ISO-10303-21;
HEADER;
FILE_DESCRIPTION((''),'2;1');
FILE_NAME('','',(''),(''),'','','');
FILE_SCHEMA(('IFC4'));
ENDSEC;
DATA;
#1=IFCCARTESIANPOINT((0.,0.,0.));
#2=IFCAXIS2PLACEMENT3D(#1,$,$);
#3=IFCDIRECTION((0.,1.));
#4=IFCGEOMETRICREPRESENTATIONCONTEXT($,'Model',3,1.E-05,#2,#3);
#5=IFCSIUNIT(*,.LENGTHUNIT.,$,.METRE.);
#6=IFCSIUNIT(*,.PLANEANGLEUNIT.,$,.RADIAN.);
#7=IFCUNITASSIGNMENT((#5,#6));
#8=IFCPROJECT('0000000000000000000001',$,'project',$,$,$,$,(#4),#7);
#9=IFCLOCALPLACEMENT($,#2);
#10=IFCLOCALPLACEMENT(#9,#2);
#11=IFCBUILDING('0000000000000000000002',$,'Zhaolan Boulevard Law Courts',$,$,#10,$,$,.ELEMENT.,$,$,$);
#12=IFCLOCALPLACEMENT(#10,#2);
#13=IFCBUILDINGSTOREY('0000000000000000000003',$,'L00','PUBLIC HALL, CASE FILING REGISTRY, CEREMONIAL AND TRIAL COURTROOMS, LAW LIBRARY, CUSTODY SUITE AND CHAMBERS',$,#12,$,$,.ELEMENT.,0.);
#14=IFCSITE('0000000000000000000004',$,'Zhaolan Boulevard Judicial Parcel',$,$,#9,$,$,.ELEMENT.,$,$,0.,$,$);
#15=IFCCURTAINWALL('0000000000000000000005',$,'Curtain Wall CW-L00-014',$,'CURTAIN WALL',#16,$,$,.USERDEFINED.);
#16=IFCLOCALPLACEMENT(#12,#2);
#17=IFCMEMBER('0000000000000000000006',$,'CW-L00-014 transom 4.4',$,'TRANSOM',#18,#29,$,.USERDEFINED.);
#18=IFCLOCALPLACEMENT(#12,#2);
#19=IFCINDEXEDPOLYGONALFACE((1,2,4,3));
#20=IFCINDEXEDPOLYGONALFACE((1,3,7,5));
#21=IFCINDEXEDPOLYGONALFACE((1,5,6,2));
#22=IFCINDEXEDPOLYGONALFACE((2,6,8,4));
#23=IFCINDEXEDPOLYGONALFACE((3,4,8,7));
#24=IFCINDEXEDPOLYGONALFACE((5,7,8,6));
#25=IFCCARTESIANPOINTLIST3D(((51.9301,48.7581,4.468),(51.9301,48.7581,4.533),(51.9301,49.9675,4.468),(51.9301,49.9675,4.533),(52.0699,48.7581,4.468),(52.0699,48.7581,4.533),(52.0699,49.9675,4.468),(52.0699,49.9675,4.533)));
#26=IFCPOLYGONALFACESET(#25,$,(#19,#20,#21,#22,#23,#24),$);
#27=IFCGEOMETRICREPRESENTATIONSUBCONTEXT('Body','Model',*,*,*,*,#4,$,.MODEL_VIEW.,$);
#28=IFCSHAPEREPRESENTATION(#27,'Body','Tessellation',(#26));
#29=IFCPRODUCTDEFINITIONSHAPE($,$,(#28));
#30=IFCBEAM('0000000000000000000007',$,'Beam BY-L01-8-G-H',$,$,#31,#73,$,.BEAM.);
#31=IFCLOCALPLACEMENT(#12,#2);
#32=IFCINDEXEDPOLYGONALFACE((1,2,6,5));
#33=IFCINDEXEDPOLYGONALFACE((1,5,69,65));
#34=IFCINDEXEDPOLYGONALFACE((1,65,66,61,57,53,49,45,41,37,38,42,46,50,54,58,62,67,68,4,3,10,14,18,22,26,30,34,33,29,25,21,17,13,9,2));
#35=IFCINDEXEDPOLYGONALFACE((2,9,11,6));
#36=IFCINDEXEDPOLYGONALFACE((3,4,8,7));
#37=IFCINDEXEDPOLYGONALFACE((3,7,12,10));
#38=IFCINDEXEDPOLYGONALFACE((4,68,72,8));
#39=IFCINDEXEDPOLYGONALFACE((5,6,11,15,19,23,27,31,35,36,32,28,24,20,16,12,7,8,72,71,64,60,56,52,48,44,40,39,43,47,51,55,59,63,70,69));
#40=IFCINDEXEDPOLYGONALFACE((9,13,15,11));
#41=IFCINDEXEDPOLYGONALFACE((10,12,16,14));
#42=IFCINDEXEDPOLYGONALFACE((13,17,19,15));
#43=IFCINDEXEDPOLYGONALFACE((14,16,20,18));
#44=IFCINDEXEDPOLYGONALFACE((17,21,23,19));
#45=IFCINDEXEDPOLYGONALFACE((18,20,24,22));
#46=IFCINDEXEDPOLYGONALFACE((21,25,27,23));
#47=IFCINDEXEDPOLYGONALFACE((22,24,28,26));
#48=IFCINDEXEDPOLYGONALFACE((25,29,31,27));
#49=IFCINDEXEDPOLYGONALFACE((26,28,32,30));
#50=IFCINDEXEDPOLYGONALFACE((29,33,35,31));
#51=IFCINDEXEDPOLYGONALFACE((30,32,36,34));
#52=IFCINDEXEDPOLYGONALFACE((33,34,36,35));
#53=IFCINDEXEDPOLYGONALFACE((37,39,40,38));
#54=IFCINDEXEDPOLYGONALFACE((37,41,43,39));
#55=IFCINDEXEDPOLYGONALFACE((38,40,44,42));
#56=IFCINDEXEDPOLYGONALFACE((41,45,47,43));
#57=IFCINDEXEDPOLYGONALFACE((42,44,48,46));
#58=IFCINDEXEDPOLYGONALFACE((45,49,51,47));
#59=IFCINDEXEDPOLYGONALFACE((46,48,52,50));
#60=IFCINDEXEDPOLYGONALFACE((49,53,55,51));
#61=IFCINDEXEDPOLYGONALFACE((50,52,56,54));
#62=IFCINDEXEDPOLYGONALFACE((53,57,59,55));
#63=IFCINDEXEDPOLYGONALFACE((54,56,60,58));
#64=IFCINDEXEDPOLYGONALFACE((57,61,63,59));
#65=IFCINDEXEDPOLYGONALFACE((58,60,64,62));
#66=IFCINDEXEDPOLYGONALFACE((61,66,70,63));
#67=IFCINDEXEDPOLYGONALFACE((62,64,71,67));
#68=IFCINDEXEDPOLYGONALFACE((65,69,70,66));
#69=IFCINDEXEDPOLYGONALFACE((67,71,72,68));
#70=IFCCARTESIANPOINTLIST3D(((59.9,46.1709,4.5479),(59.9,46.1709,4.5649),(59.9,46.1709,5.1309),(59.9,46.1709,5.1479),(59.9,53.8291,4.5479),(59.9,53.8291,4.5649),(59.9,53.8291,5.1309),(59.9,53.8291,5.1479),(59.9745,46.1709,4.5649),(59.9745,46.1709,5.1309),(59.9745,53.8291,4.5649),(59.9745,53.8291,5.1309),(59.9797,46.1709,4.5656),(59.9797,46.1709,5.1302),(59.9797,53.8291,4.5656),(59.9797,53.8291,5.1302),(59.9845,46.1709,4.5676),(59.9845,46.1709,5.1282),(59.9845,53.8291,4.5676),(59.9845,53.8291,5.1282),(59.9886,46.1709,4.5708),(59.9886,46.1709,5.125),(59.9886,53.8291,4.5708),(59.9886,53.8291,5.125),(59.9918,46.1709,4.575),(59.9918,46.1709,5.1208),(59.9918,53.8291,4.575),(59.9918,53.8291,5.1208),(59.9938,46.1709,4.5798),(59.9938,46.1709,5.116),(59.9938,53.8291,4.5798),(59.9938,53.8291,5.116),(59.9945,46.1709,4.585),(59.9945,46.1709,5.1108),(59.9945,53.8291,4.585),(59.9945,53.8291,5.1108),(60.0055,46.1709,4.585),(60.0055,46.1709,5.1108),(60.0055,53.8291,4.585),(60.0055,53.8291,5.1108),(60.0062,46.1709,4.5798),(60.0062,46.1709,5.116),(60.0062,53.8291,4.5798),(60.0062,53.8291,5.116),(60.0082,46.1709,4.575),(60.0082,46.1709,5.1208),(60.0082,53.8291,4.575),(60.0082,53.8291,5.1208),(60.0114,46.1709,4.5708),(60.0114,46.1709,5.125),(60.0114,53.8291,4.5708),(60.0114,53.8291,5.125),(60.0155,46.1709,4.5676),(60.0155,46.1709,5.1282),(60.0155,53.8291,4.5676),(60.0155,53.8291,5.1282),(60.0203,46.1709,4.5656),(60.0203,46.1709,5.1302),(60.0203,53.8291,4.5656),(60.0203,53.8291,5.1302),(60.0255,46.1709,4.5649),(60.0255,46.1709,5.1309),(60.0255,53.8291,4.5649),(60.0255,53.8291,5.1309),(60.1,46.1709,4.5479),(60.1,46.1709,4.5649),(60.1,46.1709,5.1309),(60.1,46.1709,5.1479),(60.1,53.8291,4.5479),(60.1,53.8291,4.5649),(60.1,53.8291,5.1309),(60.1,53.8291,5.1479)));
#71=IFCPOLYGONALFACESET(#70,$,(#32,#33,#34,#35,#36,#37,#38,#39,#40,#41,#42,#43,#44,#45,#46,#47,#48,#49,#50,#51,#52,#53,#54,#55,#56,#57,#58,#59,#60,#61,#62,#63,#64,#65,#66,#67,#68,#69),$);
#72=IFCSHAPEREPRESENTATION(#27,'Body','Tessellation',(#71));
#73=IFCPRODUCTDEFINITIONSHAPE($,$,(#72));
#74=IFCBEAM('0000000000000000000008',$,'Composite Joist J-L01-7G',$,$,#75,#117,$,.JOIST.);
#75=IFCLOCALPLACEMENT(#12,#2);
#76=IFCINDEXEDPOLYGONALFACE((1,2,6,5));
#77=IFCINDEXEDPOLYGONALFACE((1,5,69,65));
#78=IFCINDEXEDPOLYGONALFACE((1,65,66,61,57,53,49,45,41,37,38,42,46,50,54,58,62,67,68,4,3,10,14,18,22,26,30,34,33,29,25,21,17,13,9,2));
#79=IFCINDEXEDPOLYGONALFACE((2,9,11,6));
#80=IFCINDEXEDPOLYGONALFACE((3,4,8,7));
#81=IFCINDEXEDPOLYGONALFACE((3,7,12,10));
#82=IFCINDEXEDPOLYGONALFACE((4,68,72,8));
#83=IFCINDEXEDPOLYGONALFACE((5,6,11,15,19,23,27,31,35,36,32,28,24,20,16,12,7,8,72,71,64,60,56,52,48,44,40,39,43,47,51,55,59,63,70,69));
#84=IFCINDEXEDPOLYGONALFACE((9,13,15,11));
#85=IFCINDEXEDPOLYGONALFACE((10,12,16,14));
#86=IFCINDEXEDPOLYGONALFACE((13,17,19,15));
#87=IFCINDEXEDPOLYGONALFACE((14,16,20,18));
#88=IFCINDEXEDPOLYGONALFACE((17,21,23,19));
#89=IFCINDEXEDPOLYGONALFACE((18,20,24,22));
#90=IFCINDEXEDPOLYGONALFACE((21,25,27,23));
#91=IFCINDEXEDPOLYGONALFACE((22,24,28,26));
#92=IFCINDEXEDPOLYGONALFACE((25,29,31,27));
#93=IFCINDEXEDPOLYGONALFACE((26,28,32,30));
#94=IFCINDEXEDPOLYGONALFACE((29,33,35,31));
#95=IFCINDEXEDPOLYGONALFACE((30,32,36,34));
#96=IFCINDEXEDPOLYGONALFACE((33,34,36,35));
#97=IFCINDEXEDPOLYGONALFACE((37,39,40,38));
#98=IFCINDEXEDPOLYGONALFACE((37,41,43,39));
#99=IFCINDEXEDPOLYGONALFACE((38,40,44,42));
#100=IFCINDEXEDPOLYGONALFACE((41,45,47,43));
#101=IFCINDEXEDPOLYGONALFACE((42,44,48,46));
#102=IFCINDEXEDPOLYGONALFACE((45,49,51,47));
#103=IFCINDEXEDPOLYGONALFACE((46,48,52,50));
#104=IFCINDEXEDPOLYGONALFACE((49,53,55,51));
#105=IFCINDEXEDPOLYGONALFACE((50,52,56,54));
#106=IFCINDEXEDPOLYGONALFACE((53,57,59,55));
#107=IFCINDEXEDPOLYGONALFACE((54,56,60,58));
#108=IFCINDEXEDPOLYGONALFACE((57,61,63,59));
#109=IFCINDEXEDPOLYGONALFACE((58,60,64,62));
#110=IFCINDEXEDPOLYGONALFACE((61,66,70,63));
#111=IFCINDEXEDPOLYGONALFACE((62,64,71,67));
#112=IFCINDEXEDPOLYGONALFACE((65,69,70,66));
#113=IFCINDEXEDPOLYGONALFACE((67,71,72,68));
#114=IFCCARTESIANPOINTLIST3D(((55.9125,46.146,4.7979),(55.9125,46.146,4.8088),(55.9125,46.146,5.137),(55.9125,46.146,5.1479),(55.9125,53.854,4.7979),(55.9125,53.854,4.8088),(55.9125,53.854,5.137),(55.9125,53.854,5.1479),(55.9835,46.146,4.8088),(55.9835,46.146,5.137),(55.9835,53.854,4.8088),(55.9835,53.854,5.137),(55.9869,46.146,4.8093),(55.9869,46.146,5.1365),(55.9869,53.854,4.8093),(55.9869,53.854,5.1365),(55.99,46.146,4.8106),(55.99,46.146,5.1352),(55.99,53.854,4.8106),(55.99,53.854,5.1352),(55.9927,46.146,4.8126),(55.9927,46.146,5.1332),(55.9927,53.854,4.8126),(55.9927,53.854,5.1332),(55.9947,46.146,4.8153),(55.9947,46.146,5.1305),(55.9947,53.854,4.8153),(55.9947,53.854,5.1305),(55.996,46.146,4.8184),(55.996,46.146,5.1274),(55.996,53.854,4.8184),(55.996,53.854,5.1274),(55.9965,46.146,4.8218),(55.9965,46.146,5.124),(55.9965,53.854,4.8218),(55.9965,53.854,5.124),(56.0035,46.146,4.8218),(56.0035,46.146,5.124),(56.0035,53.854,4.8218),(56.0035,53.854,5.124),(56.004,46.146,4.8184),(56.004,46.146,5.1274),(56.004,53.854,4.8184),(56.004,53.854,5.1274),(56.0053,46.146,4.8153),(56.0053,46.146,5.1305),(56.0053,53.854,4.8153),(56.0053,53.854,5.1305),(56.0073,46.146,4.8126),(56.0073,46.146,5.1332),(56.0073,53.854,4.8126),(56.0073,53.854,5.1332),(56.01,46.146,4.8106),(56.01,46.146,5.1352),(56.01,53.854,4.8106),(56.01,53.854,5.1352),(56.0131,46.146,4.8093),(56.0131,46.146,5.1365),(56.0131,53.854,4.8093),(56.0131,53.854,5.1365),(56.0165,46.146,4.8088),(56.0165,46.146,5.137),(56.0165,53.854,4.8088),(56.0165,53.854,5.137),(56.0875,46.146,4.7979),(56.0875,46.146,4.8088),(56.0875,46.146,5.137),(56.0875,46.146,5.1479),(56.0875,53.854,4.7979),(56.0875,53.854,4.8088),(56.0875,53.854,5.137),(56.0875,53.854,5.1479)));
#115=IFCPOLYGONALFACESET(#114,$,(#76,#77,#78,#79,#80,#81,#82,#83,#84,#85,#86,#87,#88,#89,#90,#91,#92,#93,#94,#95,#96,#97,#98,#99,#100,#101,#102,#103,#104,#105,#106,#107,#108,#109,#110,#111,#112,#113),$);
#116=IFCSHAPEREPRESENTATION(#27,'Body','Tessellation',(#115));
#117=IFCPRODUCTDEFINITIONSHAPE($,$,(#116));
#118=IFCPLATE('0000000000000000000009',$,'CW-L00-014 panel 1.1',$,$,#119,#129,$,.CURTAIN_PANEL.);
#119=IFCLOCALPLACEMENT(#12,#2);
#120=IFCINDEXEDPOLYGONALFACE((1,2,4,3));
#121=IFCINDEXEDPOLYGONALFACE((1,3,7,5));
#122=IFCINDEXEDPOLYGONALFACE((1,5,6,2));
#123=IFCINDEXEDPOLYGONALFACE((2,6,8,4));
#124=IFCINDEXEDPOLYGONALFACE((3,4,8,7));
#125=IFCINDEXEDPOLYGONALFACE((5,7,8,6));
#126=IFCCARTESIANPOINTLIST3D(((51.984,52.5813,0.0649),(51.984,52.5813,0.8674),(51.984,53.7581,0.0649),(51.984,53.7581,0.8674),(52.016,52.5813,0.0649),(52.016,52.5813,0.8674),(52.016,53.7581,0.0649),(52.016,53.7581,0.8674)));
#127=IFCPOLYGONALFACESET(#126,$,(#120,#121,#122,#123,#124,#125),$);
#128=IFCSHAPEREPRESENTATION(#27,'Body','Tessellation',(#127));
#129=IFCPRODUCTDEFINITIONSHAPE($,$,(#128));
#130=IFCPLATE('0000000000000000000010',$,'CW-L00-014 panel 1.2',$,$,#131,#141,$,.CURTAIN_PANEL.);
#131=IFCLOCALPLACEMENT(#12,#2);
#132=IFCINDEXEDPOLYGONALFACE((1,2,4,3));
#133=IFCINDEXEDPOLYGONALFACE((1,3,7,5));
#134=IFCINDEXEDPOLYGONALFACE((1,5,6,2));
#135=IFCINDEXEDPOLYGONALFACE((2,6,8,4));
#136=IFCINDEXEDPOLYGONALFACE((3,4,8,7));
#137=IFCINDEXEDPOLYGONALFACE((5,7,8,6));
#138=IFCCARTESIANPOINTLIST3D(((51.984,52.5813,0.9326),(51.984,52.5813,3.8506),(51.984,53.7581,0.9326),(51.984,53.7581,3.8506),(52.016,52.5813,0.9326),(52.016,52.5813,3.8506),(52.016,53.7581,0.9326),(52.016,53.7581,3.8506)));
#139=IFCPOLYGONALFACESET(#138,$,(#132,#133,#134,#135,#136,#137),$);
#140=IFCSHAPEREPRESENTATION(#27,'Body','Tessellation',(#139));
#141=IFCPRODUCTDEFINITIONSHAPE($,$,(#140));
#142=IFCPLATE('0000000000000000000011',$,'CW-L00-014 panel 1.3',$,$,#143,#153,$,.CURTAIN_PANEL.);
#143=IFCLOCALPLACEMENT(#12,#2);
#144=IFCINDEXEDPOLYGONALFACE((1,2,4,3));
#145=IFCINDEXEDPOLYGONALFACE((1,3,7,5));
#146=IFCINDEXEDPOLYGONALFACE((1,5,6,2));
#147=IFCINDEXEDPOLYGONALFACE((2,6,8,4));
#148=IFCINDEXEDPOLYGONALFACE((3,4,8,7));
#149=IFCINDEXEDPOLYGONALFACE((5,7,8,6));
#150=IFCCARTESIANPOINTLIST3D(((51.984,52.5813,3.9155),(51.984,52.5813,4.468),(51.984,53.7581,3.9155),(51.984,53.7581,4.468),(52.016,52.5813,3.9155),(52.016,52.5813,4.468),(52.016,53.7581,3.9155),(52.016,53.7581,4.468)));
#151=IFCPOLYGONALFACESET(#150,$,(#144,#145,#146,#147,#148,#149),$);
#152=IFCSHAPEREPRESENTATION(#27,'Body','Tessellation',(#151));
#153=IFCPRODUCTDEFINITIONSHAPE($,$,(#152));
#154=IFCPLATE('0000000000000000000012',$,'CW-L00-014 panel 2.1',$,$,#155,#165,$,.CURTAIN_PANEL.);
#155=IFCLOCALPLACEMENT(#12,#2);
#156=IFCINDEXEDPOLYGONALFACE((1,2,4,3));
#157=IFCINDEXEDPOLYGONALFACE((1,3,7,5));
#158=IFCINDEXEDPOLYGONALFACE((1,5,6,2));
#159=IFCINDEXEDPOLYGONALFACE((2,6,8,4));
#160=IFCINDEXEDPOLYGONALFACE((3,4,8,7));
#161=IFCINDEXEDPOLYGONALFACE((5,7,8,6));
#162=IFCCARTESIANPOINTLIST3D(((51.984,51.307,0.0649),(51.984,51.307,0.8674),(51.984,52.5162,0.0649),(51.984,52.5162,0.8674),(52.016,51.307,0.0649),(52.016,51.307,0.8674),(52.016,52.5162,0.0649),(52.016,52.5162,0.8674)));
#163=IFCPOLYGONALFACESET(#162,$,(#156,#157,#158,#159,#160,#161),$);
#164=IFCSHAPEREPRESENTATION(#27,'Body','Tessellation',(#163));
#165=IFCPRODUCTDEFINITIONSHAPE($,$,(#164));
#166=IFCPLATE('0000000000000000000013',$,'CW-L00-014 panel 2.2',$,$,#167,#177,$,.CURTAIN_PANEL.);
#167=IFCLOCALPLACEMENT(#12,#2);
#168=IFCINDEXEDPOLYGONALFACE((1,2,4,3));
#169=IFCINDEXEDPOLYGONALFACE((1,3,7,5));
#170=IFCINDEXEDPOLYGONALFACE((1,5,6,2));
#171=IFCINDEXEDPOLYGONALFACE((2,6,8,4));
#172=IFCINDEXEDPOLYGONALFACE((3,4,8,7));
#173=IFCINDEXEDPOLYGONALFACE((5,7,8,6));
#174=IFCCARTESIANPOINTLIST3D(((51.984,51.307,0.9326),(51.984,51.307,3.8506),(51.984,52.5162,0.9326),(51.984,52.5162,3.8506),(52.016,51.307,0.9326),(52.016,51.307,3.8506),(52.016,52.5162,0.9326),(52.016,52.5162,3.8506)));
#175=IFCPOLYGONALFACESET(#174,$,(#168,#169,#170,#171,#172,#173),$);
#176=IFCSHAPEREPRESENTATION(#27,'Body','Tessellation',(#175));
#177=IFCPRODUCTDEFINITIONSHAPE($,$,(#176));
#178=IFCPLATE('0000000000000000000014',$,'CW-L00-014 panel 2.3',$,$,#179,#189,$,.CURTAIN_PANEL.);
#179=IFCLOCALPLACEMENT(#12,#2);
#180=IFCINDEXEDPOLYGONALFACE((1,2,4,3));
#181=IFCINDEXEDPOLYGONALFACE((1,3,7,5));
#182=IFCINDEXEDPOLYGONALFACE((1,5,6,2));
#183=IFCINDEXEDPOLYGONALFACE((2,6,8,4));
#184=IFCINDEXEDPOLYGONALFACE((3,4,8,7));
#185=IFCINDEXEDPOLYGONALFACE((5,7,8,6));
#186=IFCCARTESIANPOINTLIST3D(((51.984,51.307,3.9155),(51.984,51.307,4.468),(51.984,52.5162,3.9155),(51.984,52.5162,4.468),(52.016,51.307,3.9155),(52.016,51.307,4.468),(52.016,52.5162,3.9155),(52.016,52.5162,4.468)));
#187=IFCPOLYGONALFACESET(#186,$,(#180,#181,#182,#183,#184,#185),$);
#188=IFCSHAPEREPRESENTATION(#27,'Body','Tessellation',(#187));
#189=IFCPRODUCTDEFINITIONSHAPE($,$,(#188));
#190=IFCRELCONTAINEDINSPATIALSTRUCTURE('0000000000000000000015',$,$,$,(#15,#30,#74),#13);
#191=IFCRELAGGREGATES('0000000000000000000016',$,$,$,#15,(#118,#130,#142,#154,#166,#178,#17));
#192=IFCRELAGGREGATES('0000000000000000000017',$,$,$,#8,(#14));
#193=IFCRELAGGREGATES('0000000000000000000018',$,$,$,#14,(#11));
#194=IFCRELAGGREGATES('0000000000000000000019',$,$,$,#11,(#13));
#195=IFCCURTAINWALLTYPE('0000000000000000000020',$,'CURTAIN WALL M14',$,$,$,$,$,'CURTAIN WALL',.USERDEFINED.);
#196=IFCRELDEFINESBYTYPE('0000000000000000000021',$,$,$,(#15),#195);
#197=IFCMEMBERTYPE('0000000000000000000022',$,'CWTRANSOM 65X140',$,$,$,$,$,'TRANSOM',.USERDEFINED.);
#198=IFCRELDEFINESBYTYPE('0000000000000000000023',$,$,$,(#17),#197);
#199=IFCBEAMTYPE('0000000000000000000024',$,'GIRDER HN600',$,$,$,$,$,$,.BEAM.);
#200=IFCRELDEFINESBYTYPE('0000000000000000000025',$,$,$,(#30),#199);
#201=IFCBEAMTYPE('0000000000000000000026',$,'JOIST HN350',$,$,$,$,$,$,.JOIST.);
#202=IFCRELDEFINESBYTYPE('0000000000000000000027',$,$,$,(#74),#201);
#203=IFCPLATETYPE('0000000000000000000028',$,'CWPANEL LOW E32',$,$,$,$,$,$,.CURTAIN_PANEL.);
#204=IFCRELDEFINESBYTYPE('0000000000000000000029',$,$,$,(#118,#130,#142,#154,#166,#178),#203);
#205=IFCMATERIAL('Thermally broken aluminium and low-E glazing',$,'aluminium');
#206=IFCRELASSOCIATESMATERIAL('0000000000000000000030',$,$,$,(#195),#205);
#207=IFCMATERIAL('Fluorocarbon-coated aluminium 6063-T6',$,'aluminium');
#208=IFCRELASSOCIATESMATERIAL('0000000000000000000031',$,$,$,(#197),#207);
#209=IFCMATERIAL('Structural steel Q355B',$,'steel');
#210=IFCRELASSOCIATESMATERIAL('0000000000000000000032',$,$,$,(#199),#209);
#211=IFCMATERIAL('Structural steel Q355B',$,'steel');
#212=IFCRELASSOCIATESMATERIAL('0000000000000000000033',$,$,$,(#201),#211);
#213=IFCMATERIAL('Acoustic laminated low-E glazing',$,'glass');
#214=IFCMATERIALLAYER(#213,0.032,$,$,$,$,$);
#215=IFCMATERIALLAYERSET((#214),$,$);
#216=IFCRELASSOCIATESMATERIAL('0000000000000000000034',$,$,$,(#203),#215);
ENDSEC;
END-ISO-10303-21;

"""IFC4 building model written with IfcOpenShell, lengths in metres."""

from ifc_helpers import new_model, si_unit, direction, frame, origin, origin_2d, place, context, subcontext, project, spatial, rectangle, i_section, extrude, material, layer, layer_set, material_profile, profile_set, type_object, element, aggregate, save


model = new_model("IFC4")

# Units and contexts
model_context = context("Model", 3, precision=1e-05, world=origin(), true_north=direction((0.0, 1.0)))
body_context = subcontext(model_context, "Body", "Model", "MODEL_VIEW")
ifc_project = project(units=[si_unit("LENGTHUNIT", "METRE"), si_unit("PLANEANGLEUNIT", "RADIAN")], contexts=[model_context])

# Site, building, storey
site_placement = place(None, origin())
site = spatial("IfcSite", under=ifc_project, at=site_placement, Name="Zhaolan Boulevard Judicial Parcel", CompositionType="ELEMENT", RefElevation=0.0)
building_placement = place(site_placement, origin())
building = spatial("IfcBuilding", under=site, at=building_placement, Name="Zhaolan Boulevard Law Courts", CompositionType="ELEMENT")
storey_placement = place(building_placement, origin())
storey = spatial("IfcBuildingStorey", under=building, at=storey_placement, Name="L00", Description="PUBLIC HALL, CASE FILING REGISTRY, CEREMONIAL AND TRIAL COURTROOMS, LAW LIBRARY, CUSTODY SUITE AND CHAMBERS", CompositionType="ELEMENT", Elevation=0.0)

# Curtain wall, member
ifc_material_1 = material(Name="Thermally broken aluminium and low-E glazing", Category="aluminium")
curtain_wall_type = type_object("IfcCurtainWallType", Name="CURTAIN WALL M14", ElementType="CURTAIN WALL", PredefinedType="USERDEFINED", material=ifc_material_1)
curtain_wall_placement = place(storey_placement, origin())
curtain_wall = element("IfcCurtainWall", 1, at=curtain_wall_placement, inside=storey, type_object=curtain_wall_type, Name="Curtain Wall CW-L00-014", ObjectType="CURTAIN WALL", PredefinedType="USERDEFINED")
ifc_material_2 = material(Name="Fluorocarbon-coated aluminium 6063-T6", Category="aluminium")
ifc_material_profile_1 = material_profile(ifc_material_2, rectangle(XDim=0.1399, YDim=0.0649, at=origin_2d()), Name="AL65x140")
ifc_profile_set_1 = profile_set([ifc_material_profile_1], Name="Fluorocarbon-coated aluminium 6063-T6")
member_type_1 = type_object("IfcMemberType", Name="CWTRANSOM 65X140", ElementType="TRANSOM", PredefinedType="USERDEFINED", material=ifc_profile_set_1)
member_1_placement = place(storey_placement, frame((52.0, 49.9675, 4.5005), z_axis=(0.0, -1.0, 0.0), x_axis=(1.0, 0.0, 0.0)))
member_1 = element("IfcMember", 2, at=member_1_placement, type_object=member_type_1, Name="CW-L00-014 transom 4.4", ObjectType="TRANSOM", PredefinedType="USERDEFINED", context=body_context, shape_type="SweptSolid", body=[
    extrude(rectangle(XDim=0.1399, YDim=0.0649, at=origin_2d()), origin(), (0.0, 0.0, 1.0), 1.2095),
])

# Beams
ifc_material_3 = material(Name="Structural steel Q355B", Category="steel")
ifc_material_profile_2 = material_profile(ifc_material_3, i_section(OverallWidth=0.2, OverallDepth=0.6001, WebThickness=0.011, FlangeThickness=0.0171, FilletRadius=0.02, at=origin_2d()), Name="HN600x200")
ifc_profile_set_2 = profile_set([ifc_material_profile_2], Name="Structural steel Q355B")
beam_type_1 = type_object("IfcBeamType", Name="GIRDER HN600", PredefinedType="BEAM", material=ifc_profile_set_2)
beam_1_placement = place(storey_placement, frame((60.0, 46.1709, 4.8479), z_axis=(0.0, 1.0, 0.0), x_axis=(-1.0, 0.0, 0.0)))
element("IfcBeam", 3, at=beam_1_placement, inside=storey, type_object=beam_type_1, Name="Beam BY-L01-8-G-H", PredefinedType="BEAM", context=body_context, shape_type="SweptSolid", body=[
    extrude(i_section(OverallWidth=0.2, OverallDepth=0.6001, WebThickness=0.011, FlangeThickness=0.0171, FilletRadius=0.02, at=origin_2d()), origin(), (0.0, 0.0, 1.0), 7.6582),
])
ifc_material_4 = material(Name="Structural steel Q355B", Category="steel")
ifc_material_profile_3 = material_profile(ifc_material_4, i_section(OverallWidth=0.175, OverallDepth=0.3501, WebThickness=0.0071, FlangeThickness=0.011, FilletRadius=0.0129, at=origin_2d()), Name="HN350x175")
ifc_profile_set_3 = profile_set([ifc_material_profile_3], Name="Structural steel Q355B")
beam_type_2 = type_object("IfcBeamType", Name="JOIST HN350", PredefinedType="JOIST", material=ifc_profile_set_3)
beam_2_placement = place(storey_placement, frame((56.0, 46.146, 4.9729), z_axis=(0.0, 1.0, 0.0), x_axis=(-1.0, 0.0, 0.0)))
element("IfcBeam", 4, at=beam_2_placement, inside=storey, type_object=beam_type_2, Name="Composite Joist J-L01-7G", PredefinedType="JOIST", context=body_context, shape_type="SweptSolid", body=[
    extrude(i_section(OverallWidth=0.175, OverallDepth=0.3501, WebThickness=0.0071, FlangeThickness=0.011, FilletRadius=0.0129, at=origin_2d()), origin(), (0.0, 0.0, 1.0), 7.708),
])

# Plates
ifc_material_5 = material(Name="Acoustic laminated low-E glazing", Category="glass")
ifc_layer = layer(ifc_material_5, 0.032)
ifc_layer_set = layer_set([ifc_layer])
plate_type = type_object("IfcPlateType", Name="CWPANEL LOW E32", PredefinedType="CURTAIN_PANEL", material=ifc_layer_set)
plate_1_placement = place(storey_placement, frame((52.0, 53.1697, 0.0649), z_axis=(0.0, 0.0, 1.0), x_axis=(0.0, -1.0, 0.0)))
plate_1 = element("IfcPlate", 5, at=plate_1_placement, type_object=plate_type, Name="CW-L00-014 panel 1.1", PredefinedType="CURTAIN_PANEL", context=body_context, shape_type="SweptSolid", body=[
    extrude(rectangle(XDim=1.1768, YDim=0.032, at=origin_2d()), origin(), (0.0, 0.0, 1.0), 0.8025),
])
plate_2_placement = place(storey_placement, frame((52.0, 53.1697, 0.9326), z_axis=(0.0, 0.0, 1.0), x_axis=(0.0, -1.0, 0.0)))
plate_2 = element("IfcPlate", 6, at=plate_2_placement, type_object=plate_type, Name="CW-L00-014 panel 1.2", PredefinedType="CURTAIN_PANEL", context=body_context, shape_type="SweptSolid", body=[
    extrude(rectangle(XDim=1.1768, YDim=0.032, at=origin_2d()), origin(), (0.0, 0.0, 1.0), 2.918),
])
plate_3_placement = place(storey_placement, frame((52.0, 53.1697, 3.9155), z_axis=(0.0, 0.0, 1.0), x_axis=(0.0, -1.0, 0.0)))
plate_3 = element("IfcPlate", 7, at=plate_3_placement, type_object=plate_type, Name="CW-L00-014 panel 1.3", PredefinedType="CURTAIN_PANEL", context=body_context, shape_type="SweptSolid", body=[
    extrude(rectangle(XDim=1.1768, YDim=0.032, at=origin_2d()), origin(), (0.0, 0.0, 1.0), 0.5525),
])
plate_4_placement = place(storey_placement, frame((52.0, 51.9116, 0.0649), z_axis=(0.0, 0.0, 1.0), x_axis=(0.0, -1.0, 0.0)))
plate_4 = element("IfcPlate", 8, at=plate_4_placement, type_object=plate_type, Name="CW-L00-014 panel 2.1", PredefinedType="CURTAIN_PANEL", context=body_context, shape_type="SweptSolid", body=[
    extrude(rectangle(XDim=1.2092, YDim=0.032, at=origin_2d()), origin(), (0.0, 0.0, 1.0), 0.8025),
])
plate_5_placement = place(storey_placement, frame((52.0, 51.9116, 0.9326), z_axis=(0.0, 0.0, 1.0), x_axis=(0.0, -1.0, 0.0)))
plate_5 = element("IfcPlate", 9, at=plate_5_placement, type_object=plate_type, Name="CW-L00-014 panel 2.2", PredefinedType="CURTAIN_PANEL", context=body_context, shape_type="SweptSolid", body=[
    extrude(rectangle(XDim=1.2092, YDim=0.032, at=origin_2d()), origin(), (0.0, 0.0, 1.0), 2.918),
])
plate_6_placement = place(storey_placement, frame((52.0, 51.9116, 3.9155), z_axis=(0.0, 0.0, 1.0), x_axis=(0.0, -1.0, 0.0)))
plate_6 = element("IfcPlate", 10, at=plate_6_placement, type_object=plate_type, Name="CW-L00-014 panel 2.3", PredefinedType="CURTAIN_PANEL", context=body_context, shape_type="SweptSolid", body=[
    extrude(rectangle(XDim=1.2092, YDim=0.032, at=origin_2d()), origin(), (0.0, 0.0, 1.0), 0.5525),
])
aggregate(curtain_wall, [plate_1, plate_2, plate_3, plate_4, plate_5, plate_6, member_1])

save(model, "model.ifc")
